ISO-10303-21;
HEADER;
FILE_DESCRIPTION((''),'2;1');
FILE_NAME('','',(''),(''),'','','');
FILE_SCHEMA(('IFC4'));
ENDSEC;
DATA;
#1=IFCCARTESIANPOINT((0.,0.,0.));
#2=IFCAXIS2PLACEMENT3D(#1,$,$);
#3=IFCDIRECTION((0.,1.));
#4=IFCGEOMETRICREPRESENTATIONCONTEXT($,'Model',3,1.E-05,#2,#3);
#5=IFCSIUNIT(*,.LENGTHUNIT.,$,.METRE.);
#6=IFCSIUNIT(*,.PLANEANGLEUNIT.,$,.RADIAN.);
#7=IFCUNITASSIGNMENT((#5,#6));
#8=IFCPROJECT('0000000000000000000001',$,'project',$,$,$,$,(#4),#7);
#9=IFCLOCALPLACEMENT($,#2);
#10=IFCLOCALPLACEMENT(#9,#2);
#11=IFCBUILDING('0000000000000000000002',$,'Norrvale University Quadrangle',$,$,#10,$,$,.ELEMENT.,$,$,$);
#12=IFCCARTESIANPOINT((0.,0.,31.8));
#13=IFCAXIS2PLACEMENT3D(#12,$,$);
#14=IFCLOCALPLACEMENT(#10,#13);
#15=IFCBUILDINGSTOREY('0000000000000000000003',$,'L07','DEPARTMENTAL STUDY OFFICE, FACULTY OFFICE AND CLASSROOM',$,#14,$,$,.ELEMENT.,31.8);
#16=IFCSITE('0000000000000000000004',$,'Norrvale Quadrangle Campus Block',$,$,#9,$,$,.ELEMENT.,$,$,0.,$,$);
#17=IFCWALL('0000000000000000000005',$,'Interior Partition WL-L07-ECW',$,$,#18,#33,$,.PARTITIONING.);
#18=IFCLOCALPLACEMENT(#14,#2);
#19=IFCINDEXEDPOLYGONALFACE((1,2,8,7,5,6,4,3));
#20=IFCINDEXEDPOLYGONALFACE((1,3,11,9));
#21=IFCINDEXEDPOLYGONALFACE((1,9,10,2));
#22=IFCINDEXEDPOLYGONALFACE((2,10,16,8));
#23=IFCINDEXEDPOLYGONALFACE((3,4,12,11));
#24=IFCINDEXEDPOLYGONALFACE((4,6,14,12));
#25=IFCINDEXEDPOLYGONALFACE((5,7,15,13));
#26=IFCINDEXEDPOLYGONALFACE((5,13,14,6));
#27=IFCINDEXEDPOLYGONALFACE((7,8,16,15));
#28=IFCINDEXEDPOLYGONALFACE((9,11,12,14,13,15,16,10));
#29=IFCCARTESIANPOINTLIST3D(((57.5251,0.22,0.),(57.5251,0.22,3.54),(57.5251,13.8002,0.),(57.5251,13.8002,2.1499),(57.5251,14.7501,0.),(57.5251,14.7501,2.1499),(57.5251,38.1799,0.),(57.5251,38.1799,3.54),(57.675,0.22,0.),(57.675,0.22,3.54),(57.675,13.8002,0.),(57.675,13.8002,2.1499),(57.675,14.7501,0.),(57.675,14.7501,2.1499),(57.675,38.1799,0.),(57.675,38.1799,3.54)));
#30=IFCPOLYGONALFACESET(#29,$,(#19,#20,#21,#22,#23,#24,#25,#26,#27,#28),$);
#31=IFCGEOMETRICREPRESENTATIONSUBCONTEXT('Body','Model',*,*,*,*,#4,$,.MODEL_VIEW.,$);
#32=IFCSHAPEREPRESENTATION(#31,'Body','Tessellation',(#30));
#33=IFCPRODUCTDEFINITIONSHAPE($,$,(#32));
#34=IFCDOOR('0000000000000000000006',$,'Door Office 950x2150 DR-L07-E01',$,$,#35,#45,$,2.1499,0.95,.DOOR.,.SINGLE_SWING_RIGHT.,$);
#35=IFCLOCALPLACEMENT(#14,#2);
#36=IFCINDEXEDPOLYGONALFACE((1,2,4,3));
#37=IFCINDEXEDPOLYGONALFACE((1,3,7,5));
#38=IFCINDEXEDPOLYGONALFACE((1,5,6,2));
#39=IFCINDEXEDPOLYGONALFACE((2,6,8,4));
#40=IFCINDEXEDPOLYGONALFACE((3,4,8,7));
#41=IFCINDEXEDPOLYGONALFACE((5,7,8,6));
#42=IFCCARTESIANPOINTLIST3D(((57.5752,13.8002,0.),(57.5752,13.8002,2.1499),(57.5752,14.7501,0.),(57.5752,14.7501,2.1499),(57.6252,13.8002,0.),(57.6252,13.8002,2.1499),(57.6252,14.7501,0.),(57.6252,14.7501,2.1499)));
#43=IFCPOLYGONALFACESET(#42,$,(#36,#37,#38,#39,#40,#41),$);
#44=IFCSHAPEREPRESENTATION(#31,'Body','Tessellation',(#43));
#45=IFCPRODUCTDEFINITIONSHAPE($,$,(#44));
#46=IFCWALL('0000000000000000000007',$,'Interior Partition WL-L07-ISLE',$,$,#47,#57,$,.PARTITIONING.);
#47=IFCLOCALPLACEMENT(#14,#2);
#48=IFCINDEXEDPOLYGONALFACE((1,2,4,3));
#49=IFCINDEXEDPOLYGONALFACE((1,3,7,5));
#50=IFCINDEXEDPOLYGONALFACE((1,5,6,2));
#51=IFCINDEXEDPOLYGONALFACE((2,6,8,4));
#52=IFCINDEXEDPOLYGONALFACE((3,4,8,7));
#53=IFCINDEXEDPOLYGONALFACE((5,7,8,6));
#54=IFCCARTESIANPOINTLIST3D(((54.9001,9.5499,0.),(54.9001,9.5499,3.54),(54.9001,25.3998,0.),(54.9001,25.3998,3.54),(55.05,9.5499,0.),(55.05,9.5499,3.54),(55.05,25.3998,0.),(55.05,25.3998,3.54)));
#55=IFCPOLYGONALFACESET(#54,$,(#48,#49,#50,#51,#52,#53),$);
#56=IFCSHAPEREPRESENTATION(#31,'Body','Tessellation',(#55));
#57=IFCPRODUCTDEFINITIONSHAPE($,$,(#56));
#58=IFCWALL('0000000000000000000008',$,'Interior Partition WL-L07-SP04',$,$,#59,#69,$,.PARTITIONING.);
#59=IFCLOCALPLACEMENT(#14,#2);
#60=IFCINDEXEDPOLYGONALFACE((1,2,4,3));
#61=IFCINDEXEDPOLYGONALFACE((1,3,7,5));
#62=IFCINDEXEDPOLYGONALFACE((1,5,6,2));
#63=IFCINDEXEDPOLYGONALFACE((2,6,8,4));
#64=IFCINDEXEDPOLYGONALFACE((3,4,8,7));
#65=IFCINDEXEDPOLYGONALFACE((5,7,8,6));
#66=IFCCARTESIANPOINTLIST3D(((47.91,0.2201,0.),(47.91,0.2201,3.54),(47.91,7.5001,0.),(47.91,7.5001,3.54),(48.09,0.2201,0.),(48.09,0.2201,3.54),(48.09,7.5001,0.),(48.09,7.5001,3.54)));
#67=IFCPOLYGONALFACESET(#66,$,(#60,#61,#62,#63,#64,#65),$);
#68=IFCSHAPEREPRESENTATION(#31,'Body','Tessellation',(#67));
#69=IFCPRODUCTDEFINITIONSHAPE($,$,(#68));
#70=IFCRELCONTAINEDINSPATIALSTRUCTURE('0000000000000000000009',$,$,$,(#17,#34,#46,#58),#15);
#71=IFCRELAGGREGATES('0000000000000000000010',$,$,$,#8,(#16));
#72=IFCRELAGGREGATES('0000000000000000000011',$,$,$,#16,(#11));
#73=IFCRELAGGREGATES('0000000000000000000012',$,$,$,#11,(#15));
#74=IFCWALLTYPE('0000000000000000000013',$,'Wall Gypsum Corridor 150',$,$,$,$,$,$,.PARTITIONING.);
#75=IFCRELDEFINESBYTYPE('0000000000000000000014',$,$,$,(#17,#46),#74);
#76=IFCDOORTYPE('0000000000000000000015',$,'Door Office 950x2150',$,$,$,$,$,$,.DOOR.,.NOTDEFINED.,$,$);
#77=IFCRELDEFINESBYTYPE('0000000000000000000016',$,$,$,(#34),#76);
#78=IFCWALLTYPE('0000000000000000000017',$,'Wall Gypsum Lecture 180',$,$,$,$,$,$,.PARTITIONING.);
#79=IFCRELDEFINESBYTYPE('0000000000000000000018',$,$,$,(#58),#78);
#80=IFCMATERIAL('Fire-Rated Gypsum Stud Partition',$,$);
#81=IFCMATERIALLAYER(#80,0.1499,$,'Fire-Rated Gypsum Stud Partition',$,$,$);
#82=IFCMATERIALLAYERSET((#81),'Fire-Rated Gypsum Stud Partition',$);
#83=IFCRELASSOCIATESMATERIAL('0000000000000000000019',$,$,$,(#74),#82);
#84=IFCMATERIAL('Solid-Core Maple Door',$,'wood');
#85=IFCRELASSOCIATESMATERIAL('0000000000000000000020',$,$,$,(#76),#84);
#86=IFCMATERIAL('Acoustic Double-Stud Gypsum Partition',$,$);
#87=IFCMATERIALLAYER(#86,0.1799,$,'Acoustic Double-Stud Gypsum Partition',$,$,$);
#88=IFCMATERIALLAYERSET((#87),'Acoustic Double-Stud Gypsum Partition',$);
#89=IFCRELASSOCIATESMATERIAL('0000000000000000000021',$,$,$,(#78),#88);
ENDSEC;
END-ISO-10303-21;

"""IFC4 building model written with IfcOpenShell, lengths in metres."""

from ifc_helpers import new_model, si_unit, direction, frame, frame_2d, origin, place, context, subcontext, project, spatial, rectangle, extrude, material, layer, layer_set, type_object, element, fill, save


model = new_model("IFC4")

# Units and contexts
model_context = context("Model", 3, precision=1e-05, world=origin(), true_north=direction((0.0, 1.0)))
body_context = subcontext(model_context, "Body", "Model", "MODEL_VIEW")
ifc_project = project(units=[si_unit("LENGTHUNIT", "METRE"), si_unit("PLANEANGLEUNIT", "RADIAN")], contexts=[model_context])

# Site, building, storey
site_placement = place(None, origin())
site = spatial("IfcSite", under=ifc_project, at=site_placement, Name="Norrvale Quadrangle Campus Block", CompositionType="ELEMENT", RefElevation=0.0)
building_placement = place(site_placement, origin())
building = spatial("IfcBuilding", under=site, at=building_placement, Name="Norrvale University Quadrangle", CompositionType="ELEMENT")
storey_placement = place(building_placement, frame((0.0, 0.0, 31.8)))
storey = spatial("IfcBuildingStorey", under=building, at=storey_placement, Name="L07", Description="DEPARTMENTAL STUDY OFFICE, FACULTY OFFICE AND CLASSROOM", CompositionType="ELEMENT", Elevation=31.8)

# Wall, opening, door
ifc_material_1 = material(Name="Fire-Rated Gypsum Stud Partition")
ifc_layer_1 = layer(ifc_material_1, 0.1499, Name="Fire-Rated Gypsum Stud Partition")
ifc_layer_set_1 = layer_set([ifc_layer_1], Name="Fire-Rated Gypsum Stud Partition")
wall_type_1 = type_object("IfcWallType", Name="Wall Gypsum Corridor 150", PredefinedType="PARTITIONING", material=ifc_layer_set_1)
wall_1_placement = place(storey_placement, frame((57.6001, 0.22, 0.0), z_axis=(0.0, 0.0, 1.0), x_axis=(0.0, 1.0, 0.0)))
wall_1 = element("IfcWall", 1, at=wall_1_placement, inside=storey, type_object=wall_type_1, Name="Interior Partition WL-L07-ECW", PredefinedType="PARTITIONING", context=body_context, shape_type="SweptSolid", body=[
    extrude(rectangle(XDim=37.96, YDim=0.1499, at=frame_2d((18.98, 0.0))), origin(), (0.0, 0.0, 1.0), 3.54),
])
opening_1_placement = place(wall_1_placement, frame((13.5801, 0.0, 0.0)))
opening_1 = element("IfcOpeningElement", 2, at=opening_1_placement, cuts=wall_1, PredefinedType="OPENING", context=body_context, shape_type="SweptSolid", body=[
    extrude(rectangle(XDim=0.95, YDim=2.1499, at=frame_2d((0.4751, 1.075))), frame((0.0, 0.0869, 0.0), z_axis=(0.0, -1.0, 0.0), x_axis=(1.0, 0.0, 0.0)), (0.0, 0.0, 1.0), 0.1738),
])
ifc_material_2 = material(Name="Solid-Core Maple Door", Category="wood")
door_type = type_object("IfcDoorType", Name="Door Office 950x2150", OperationType="NOTDEFINED", PredefinedType="DOOR", material=ifc_material_2)
door_placement = place(opening_1_placement, origin())
door = element("IfcDoor", 3, at=door_placement, inside=storey, type_object=door_type, Name="Door Office 950x2150 DR-L07-E01", OperationType="SINGLE_SWING_RIGHT", OverallHeight=2.1499, OverallWidth=0.95, PredefinedType="DOOR", context=body_context, shape_type="SweptSolid", body=[
    extrude(rectangle(XDim=0.95, YDim=2.1499, at=frame_2d((0.4751, 1.075))), frame((0.0, 0.0249, 0.0), z_axis=(0.0, -1.0, 0.0), x_axis=(1.0, 0.0, 0.0)), (0.0, 0.0, 1.0), 0.05),
])
fill(opening_1, door)

# Walls
wall_2_placement = place(storey_placement, frame((54.9751, 9.55, 0.0), z_axis=(0.0, 0.0, 1.0), x_axis=(0.0, 1.0, 0.0)))
element("IfcWall", 4, at=wall_2_placement, inside=storey, type_object=wall_type_1, Name="Interior Partition WL-L07-ISLE", PredefinedType="PARTITIONING", context=body_context, shape_type="SweptSolid", body=[
    extrude(rectangle(XDim=15.8499, YDim=0.1499, at=frame_2d((7.9248, 0.0))), origin(), (0.0, 0.0, 1.0), 3.54),
])
ifc_material_3 = material(Name="Acoustic Double-Stud Gypsum Partition")
ifc_layer_2 = layer(ifc_material_3, 0.1799, Name="Acoustic Double-Stud Gypsum Partition")
ifc_layer_set_2 = layer_set([ifc_layer_2], Name="Acoustic Double-Stud Gypsum Partition")
wall_type_2 = type_object("IfcWallType", Name="Wall Gypsum Lecture 180", PredefinedType="PARTITIONING", material=ifc_layer_set_2)
wall_3_placement = place(storey_placement, frame((48.0, 0.22, 0.0), z_axis=(0.0, 0.0, 1.0), x_axis=(0.0, 1.0, 0.0)))
element("IfcWall", 5, at=wall_3_placement, inside=storey, type_object=wall_type_2, Name="Interior Partition WL-L07-SP04", PredefinedType="PARTITIONING", context=body_context, shape_type="SweptSolid", body=[
    extrude(rectangle(XDim=7.28, YDim=0.1799, at=frame_2d((3.6401, 0.0))), origin(), (0.0, 0.0, 1.0), 3.54),
])

save(model, "model.ifc")
